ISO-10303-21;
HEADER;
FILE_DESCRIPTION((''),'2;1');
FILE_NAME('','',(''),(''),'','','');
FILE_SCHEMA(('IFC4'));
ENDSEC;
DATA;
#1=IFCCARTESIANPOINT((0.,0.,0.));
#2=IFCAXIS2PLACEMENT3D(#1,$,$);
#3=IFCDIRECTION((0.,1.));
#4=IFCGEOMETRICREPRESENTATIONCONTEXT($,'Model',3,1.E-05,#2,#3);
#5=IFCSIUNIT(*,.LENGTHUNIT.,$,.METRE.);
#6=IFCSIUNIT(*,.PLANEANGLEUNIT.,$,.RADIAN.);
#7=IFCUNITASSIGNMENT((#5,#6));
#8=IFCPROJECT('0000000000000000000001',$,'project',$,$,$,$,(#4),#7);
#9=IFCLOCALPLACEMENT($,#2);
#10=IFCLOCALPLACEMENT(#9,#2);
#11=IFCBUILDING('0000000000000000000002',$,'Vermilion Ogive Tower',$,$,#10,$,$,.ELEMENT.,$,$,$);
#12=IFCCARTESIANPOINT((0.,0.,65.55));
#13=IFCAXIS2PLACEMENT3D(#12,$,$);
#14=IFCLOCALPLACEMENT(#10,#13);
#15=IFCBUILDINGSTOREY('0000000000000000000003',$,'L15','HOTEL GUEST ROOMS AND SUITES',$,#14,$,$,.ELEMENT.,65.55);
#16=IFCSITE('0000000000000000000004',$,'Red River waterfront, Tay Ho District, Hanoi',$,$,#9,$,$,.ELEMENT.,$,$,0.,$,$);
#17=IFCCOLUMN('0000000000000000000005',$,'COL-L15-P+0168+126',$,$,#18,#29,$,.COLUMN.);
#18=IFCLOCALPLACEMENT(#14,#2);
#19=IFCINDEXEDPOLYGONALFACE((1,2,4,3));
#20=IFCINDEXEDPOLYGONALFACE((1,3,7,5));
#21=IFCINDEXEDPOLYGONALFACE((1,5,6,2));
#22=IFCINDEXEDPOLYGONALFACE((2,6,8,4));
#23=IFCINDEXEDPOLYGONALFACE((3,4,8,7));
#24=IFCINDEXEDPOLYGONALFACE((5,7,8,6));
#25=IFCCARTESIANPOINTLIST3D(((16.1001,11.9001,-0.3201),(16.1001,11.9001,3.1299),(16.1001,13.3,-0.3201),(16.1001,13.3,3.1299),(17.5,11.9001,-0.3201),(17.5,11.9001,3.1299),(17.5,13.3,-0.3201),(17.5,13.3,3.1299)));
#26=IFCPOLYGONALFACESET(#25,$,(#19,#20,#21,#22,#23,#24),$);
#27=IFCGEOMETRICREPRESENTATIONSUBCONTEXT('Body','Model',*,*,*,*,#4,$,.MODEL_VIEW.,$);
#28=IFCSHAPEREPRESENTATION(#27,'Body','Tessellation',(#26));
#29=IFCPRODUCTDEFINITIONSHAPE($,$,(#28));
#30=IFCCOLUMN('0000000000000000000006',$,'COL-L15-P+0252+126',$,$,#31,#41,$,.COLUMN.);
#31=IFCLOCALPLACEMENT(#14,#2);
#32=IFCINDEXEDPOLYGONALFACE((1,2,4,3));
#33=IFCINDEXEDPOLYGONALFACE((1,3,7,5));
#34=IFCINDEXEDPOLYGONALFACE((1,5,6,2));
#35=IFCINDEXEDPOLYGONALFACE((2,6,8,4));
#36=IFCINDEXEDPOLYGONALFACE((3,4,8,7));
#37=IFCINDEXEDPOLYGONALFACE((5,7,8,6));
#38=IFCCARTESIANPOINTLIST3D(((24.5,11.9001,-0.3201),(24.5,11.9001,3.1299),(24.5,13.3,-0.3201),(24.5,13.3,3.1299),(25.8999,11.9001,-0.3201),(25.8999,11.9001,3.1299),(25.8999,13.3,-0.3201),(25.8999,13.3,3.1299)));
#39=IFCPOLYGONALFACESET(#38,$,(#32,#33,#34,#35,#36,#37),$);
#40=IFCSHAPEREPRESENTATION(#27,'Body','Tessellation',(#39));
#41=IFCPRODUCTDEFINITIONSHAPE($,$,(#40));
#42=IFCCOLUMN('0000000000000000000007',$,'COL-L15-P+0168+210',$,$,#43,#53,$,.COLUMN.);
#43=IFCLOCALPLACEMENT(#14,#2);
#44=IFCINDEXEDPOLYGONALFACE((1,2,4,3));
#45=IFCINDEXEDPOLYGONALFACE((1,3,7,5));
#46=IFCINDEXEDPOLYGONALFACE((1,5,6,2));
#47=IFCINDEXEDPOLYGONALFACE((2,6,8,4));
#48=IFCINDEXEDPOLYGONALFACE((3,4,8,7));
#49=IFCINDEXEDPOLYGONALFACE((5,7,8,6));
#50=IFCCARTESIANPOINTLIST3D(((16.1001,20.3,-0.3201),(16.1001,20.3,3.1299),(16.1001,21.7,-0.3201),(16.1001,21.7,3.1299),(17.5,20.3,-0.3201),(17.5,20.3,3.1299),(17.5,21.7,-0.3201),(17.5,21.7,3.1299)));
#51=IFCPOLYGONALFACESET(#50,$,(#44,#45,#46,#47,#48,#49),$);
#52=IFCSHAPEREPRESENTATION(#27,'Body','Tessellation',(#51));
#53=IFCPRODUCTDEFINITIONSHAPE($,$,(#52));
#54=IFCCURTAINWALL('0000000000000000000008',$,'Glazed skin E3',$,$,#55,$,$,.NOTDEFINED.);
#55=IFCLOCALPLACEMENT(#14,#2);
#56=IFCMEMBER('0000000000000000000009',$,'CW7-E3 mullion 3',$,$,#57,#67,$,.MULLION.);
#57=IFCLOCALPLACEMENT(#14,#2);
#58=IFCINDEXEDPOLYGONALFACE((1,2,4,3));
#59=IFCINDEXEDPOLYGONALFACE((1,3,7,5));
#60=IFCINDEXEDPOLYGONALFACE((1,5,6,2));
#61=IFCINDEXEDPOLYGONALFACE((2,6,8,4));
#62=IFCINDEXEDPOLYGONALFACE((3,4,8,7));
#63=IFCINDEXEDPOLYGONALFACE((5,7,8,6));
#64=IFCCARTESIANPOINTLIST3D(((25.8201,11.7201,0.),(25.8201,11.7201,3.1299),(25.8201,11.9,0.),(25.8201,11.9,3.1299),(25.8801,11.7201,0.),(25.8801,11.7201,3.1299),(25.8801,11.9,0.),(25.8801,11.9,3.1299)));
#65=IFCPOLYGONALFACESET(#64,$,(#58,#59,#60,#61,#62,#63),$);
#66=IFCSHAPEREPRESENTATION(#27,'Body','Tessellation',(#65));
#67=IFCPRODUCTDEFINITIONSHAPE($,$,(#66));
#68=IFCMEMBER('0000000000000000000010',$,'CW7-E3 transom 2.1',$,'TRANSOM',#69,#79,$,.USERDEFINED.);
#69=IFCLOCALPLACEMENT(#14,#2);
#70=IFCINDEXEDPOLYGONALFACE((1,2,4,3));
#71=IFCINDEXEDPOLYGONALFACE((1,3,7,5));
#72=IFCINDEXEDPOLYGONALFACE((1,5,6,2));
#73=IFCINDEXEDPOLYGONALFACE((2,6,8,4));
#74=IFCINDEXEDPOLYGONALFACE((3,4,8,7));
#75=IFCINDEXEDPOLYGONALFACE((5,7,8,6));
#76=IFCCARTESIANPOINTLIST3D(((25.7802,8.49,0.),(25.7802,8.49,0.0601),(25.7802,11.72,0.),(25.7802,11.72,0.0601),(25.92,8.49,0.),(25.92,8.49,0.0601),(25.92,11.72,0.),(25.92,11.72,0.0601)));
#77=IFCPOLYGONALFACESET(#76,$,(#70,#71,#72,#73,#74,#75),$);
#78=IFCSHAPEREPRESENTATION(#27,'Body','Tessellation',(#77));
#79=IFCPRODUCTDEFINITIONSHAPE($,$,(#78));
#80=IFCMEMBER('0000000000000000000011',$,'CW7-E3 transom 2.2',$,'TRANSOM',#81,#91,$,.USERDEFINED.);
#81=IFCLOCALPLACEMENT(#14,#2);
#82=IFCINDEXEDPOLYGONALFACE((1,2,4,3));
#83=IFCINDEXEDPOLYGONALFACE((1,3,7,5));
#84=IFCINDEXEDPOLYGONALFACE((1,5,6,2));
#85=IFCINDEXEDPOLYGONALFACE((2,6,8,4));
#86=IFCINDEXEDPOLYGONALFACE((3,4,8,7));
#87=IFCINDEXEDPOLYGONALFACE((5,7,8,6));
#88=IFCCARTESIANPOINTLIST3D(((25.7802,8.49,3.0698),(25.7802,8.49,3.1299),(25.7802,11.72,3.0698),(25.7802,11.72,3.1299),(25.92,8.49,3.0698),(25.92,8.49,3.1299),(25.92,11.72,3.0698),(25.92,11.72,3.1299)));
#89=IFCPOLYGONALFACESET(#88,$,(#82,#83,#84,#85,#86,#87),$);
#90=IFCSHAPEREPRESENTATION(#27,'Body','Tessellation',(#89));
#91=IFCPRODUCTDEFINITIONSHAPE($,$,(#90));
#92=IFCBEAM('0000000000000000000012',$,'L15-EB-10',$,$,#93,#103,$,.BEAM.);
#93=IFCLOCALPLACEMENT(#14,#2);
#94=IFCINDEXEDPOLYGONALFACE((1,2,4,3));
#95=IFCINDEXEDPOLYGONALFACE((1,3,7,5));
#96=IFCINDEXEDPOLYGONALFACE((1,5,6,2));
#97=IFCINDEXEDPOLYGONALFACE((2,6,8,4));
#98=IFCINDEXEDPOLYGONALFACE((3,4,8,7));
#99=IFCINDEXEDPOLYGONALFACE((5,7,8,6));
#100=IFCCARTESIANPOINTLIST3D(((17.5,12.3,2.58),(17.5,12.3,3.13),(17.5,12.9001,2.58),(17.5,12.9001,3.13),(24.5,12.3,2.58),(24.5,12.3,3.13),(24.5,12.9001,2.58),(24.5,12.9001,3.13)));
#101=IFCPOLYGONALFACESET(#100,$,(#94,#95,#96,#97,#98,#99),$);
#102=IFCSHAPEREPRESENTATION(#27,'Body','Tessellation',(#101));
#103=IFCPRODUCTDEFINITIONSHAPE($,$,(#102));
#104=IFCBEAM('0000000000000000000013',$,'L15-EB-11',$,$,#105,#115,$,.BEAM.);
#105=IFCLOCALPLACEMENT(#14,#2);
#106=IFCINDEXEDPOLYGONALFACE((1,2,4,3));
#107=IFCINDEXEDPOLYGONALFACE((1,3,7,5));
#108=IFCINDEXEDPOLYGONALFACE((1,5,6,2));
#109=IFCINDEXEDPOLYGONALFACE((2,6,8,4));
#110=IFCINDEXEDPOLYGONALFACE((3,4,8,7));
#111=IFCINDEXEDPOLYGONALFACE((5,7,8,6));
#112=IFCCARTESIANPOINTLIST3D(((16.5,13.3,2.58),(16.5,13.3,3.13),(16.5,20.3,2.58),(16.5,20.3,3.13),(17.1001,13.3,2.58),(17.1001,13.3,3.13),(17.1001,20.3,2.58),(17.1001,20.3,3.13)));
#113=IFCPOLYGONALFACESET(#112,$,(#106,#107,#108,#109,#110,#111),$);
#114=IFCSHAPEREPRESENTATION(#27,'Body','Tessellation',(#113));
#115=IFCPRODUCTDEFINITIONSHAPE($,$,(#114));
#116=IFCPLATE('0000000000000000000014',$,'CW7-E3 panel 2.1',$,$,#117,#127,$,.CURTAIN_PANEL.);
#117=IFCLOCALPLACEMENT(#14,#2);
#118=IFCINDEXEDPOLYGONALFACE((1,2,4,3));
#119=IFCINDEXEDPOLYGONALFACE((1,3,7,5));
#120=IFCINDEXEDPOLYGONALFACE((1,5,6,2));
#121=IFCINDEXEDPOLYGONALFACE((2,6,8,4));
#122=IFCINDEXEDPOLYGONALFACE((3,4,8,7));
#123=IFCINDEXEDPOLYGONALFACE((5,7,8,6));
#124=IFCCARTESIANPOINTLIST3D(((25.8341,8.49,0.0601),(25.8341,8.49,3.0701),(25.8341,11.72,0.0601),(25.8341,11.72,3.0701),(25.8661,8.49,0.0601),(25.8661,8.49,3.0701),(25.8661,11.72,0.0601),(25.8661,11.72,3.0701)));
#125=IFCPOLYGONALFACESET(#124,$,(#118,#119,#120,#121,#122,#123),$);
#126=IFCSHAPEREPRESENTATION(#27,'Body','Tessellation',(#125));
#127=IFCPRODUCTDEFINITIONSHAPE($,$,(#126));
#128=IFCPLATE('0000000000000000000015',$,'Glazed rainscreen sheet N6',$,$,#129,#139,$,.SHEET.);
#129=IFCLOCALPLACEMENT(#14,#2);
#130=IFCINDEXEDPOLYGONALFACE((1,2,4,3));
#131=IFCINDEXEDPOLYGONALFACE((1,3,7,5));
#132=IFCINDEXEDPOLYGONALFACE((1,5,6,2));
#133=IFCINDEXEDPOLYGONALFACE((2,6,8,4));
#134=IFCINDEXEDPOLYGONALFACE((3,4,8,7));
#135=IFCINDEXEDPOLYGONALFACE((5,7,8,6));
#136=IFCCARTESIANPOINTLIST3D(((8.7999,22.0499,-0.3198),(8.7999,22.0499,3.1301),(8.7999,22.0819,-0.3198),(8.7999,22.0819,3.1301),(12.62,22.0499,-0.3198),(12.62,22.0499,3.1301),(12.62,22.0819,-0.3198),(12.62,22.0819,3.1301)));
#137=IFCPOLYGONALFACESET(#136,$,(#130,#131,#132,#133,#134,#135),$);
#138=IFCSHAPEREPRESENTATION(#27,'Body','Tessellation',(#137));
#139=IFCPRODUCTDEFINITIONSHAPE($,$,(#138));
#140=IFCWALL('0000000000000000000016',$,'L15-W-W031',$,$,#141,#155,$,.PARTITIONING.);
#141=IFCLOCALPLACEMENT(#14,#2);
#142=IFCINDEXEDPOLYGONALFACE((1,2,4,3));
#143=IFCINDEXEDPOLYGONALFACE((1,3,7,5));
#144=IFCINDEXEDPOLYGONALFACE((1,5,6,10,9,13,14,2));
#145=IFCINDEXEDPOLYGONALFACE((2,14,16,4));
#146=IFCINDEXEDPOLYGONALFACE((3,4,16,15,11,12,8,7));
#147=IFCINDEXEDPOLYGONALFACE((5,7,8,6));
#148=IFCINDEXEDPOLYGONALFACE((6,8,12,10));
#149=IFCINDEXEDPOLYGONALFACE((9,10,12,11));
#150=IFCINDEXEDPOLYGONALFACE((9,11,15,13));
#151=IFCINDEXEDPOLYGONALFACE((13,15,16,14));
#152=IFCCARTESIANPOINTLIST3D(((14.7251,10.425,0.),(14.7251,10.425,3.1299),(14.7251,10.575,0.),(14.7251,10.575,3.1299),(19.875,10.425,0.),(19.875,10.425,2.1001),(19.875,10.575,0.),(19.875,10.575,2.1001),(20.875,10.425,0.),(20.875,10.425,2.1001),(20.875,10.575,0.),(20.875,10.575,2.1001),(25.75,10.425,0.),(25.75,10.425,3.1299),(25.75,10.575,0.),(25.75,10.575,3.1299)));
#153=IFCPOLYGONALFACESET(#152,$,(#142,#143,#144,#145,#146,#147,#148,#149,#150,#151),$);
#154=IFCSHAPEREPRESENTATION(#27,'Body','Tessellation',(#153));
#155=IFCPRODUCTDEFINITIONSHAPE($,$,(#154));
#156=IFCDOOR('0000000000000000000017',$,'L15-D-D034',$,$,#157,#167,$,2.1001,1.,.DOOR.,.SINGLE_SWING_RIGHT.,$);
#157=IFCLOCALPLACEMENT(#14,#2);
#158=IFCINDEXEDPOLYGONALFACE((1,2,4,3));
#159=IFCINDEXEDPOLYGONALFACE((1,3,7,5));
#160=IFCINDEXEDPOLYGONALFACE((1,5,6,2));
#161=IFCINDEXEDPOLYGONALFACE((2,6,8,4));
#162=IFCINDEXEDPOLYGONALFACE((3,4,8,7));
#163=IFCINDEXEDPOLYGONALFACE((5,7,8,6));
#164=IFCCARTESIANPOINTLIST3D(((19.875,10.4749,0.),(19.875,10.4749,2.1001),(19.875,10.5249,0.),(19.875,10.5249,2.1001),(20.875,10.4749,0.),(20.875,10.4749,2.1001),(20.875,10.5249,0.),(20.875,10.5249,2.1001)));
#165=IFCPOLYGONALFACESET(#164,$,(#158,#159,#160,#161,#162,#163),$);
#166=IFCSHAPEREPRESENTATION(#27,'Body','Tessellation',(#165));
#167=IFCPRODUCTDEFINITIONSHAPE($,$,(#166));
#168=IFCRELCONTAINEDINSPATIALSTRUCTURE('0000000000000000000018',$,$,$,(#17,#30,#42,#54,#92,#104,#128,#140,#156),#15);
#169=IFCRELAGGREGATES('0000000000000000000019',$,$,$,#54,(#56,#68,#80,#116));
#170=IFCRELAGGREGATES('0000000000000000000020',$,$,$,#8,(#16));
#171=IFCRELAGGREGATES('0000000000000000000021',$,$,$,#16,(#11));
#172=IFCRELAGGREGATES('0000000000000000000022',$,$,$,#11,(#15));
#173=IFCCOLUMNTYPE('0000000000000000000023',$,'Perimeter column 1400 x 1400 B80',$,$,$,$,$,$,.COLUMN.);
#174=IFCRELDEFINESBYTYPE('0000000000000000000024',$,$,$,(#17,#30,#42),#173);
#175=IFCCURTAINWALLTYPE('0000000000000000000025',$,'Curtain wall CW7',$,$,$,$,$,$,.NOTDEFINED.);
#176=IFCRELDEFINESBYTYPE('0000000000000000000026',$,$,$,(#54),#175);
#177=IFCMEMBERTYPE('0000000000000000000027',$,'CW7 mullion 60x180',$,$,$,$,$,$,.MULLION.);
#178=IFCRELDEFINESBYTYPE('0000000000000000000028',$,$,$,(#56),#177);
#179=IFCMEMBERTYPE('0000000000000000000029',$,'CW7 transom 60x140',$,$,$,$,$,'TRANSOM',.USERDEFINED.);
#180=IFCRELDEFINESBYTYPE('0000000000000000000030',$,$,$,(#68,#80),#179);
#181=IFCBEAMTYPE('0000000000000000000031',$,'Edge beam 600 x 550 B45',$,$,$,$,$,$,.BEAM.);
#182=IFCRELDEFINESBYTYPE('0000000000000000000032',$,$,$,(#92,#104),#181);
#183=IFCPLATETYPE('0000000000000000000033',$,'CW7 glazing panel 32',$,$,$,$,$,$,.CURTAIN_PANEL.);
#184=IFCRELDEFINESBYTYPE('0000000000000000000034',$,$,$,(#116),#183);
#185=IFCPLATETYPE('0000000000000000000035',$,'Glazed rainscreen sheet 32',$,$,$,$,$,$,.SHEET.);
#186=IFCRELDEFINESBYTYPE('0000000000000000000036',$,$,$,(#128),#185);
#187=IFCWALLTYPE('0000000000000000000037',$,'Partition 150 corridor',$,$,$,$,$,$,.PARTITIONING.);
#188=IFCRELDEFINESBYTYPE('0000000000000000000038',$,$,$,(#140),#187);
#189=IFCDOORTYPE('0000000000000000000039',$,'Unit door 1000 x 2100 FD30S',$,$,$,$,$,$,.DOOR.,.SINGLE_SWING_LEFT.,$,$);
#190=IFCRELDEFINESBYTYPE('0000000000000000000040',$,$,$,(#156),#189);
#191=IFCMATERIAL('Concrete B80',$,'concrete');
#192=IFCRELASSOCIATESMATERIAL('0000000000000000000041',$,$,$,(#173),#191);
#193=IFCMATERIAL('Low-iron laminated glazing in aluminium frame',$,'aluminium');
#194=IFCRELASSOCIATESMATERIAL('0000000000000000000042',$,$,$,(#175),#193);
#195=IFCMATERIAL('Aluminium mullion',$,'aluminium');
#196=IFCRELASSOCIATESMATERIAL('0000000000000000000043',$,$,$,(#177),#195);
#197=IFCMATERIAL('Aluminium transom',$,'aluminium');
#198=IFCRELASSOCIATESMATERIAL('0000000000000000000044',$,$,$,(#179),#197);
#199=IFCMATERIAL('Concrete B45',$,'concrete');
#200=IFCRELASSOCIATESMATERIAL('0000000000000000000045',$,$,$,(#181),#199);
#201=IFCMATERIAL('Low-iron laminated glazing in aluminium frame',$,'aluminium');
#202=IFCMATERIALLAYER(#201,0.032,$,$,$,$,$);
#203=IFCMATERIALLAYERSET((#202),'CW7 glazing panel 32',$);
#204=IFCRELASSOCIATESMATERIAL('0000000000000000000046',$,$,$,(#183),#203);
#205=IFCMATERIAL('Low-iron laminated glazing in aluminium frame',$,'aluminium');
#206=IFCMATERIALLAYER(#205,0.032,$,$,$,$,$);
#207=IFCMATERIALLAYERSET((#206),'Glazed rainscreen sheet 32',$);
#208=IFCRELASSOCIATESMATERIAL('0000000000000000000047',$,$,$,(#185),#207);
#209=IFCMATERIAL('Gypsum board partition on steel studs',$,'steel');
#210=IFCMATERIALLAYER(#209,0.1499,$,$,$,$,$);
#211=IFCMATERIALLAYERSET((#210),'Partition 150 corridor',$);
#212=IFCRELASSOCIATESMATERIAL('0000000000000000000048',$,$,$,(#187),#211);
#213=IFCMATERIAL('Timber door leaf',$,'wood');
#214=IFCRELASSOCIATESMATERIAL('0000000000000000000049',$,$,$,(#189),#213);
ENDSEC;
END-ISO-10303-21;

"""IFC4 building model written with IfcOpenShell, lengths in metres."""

from ifc_helpers import new_model, si_unit, direction, frame, frame_2d, origin, origin_2d, place, context, subcontext, project, spatial, rectangle, extrude, material, layer, layer_set, material_profile, profile_set, type_object, element, fill, aggregate, save


model = new_model("IFC4")

# Units and contexts
model_context = context("Model", 3, precision=1e-05, world=origin(), true_north=direction((0.0, 1.0)))
body_context = subcontext(model_context, "Body", "Model", "MODEL_VIEW")
ifc_project = project(units=[si_unit("LENGTHUNIT", "METRE"), si_unit("PLANEANGLEUNIT", "RADIAN")], contexts=[model_context])

# Site, building, storey
site_placement = place(None, origin())
site = spatial("IfcSite", under=ifc_project, at=site_placement, Name="Red River waterfront, Tay Ho District, Hanoi", CompositionType="ELEMENT", RefElevation=0.0)
building_placement = place(site_placement, origin())
building = spatial("IfcBuilding", under=site, at=building_placement, Name="Vermilion Ogive Tower", CompositionType="ELEMENT")
storey_placement = place(building_placement, frame((0.0, 0.0, 65.55)))
storey = spatial("IfcBuildingStorey", under=building, at=storey_placement, Name="L15", Description="HOTEL GUEST ROOMS AND SUITES", CompositionType="ELEMENT", Elevation=65.55)

# Columns
ifc_material_1 = material(Name="Concrete B80", Category="concrete")
ifc_material_profile_1 = material_profile(ifc_material_1, rectangle(XDim=1.3999, YDim=1.3999, at=origin_2d()), Name="1400 x 1400")
ifc_profile_set_1 = profile_set([ifc_material_profile_1], Name="Concrete B80")
column_type = type_object("IfcColumnType", Name="Perimeter column 1400 x 1400 B80", PredefinedType="COLUMN", material=ifc_profile_set_1)
for number, where, z_axis, x_axis, name in (
    (1, (16.8, 12.6001, -0.3201), (0.0, 0.0, 1.0), (1.0, 0.0, 0.0), "COL-L15-P+0168+126"),
    (2, (25.2, 12.6001, -0.3201), (0.0, 0.0, 1.0), (1.0, 0.0, 0.0), "COL-L15-P+0252+126"),
    (3, (16.8, 21.0, -0.3201), (0.0, 0.0, 1.0), (1.0, 0.0, 0.0), "COL-L15-P+0168+210"),
):
    element("IfcColumn", number, at=place(storey_placement, frame(where, z_axis=z_axis, x_axis=x_axis)), inside=storey, type_object=column_type, Name=name, PredefinedType="COLUMN", context=body_context, shape_type="SweptSolid", body=[
        extrude(rectangle(XDim=1.3999, YDim=1.3999, at=origin_2d()), origin(), (0.0, 0.0, 1.0), 3.45),
    ])

# Curtain wall, members
ifc_material_2 = material(Name="Low-iron laminated glazing in aluminium frame", Category="aluminium")
curtain_wall_type = type_object("IfcCurtainWallType", Name="Curtain wall CW7", PredefinedType="NOTDEFINED", material=ifc_material_2)
curtain_wall_placement = place(storey_placement, origin())
curtain_wall = element("IfcCurtainWall", 4, at=curtain_wall_placement, inside=storey, type_object=curtain_wall_type, Name="Glazed skin E3", PredefinedType="NOTDEFINED")
ifc_material_3 = material(Name="Aluminium mullion", Category="aluminium")
ifc_material_profile_2 = material_profile(ifc_material_3, rectangle(XDim=0.0601, YDim=0.1799, at=origin_2d()), Name="AL 60x180")
ifc_profile_set_2 = profile_set([ifc_material_profile_2], Name="Aluminium mullion")
member_type_1 = type_object("IfcMemberType", Name="CW7 mullion 60x180", PredefinedType="MULLION", material=ifc_profile_set_2)
member_1_placement = place(storey_placement, frame((25.8501, 11.8101, 0.0), z_axis=(0.0, 0.0, 1.0), x_axis=(-1.0, 0.0, 0.0)))
member_1 = element("IfcMember", 5, at=member_1_placement, type_object=member_type_1, Name="CW7-E3 mullion 3", PredefinedType="MULLION", context=body_context, shape_type="SweptSolid", body=[
    extrude(rectangle(XDim=0.0601, YDim=0.1799, at=origin_2d()), origin(), (0.0, 0.0, 1.0), 3.1299),
])
ifc_material_4 = material(Name="Aluminium transom", Category="aluminium")
ifc_material_profile_3 = material_profile(ifc_material_4, rectangle(XDim=0.1399, YDim=0.0601, at=origin_2d()), Name="AL 60x140")
ifc_profile_set_3 = profile_set([ifc_material_profile_3], Name="Aluminium transom")
member_type_2 = type_object("IfcMemberType", Name="CW7 transom 60x140", ElementType="TRANSOM", PredefinedType="USERDEFINED", material=ifc_profile_set_3)
member_2_placement = place(storey_placement, frame((25.8501, 8.49, 0.03), z_axis=(0.0, 1.0, 0.0), x_axis=(-1.0, 0.0, 0.0)))
member_2 = element("IfcMember", 6, at=member_2_placement, type_object=member_type_2, Name="CW7-E3 transom 2.1", ObjectType="TRANSOM", PredefinedType="USERDEFINED", context=body_context, shape_type="SweptSolid", body=[
    extrude(rectangle(XDim=0.1399, YDim=0.0601, at=origin_2d()), origin(), (0.0, 0.0, 1.0), 3.23),
])
member_3_placement = place(storey_placement, frame((25.8501, 8.49, 3.0999), z_axis=(0.0, 1.0, 0.0), x_axis=(-1.0, 0.0, 0.0)))
member_3 = element("IfcMember", 7, at=member_3_placement, type_object=member_type_2, Name="CW7-E3 transom 2.2", ObjectType="TRANSOM", PredefinedType="USERDEFINED", context=body_context, shape_type="SweptSolid", body=[
    extrude(rectangle(XDim=0.1399, YDim=0.0601, at=origin_2d()), origin(), (0.0, 0.0, 1.0), 3.23),
])

# Beams
ifc_material_5 = material(Name="Concrete B45", Category="concrete")
ifc_material_profile_4 = material_profile(ifc_material_5, rectangle(XDim=0.6001, YDim=0.55, at=origin_2d()), Name="600 x 550")
ifc_profile_set_4 = profile_set([ifc_material_profile_4], Name="Concrete B45")
beam_type = type_object("IfcBeamType", Name="Edge beam 600 x 550 B45", PredefinedType="BEAM", material=ifc_profile_set_4)
for number, where, z_axis, x_axis, name in (
    (8, (24.5, 12.6001, 2.855), (-1.0, 0.0, 0.0), (0.0, -1.0, 0.0), "L15-EB-10"),
    (9, (16.8, 13.3, 2.855), (0.0, 1.0, 0.0), (-1.0, 0.0, 0.0), "L15-EB-11"),
):
    element("IfcBeam", number, at=place(storey_placement, frame(where, z_axis=z_axis, x_axis=x_axis)), inside=storey, type_object=beam_type, Name=name, PredefinedType="BEAM", context=body_context, shape_type="SweptSolid", body=[
        extrude(rectangle(XDim=0.6001, YDim=0.55, at=origin_2d()), origin(), (0.0, 0.0, 1.0), 7.0),
    ])

# Plates
ifc_material_6 = material(Name="Low-iron laminated glazing in aluminium frame", Category="aluminium")
ifc_layer_1 = layer(ifc_material_6, 0.032)
ifc_layer_set_1 = layer_set([ifc_layer_1], Name="CW7 glazing panel 32")
plate_type_1 = type_object("IfcPlateType", Name="CW7 glazing panel 32", PredefinedType="CURTAIN_PANEL", material=ifc_layer_set_1)
plate_1_placement = place(storey_placement, frame((25.8501, 10.105, 0.0601), z_axis=(0.0, 0.0, 1.0), x_axis=(0.0, 1.0, 0.0)))
plate_1 = element("IfcPlate", 10, at=plate_1_placement, type_object=plate_type_1, Name="CW7-E3 panel 2.1", PredefinedType="CURTAIN_PANEL", context=body_context, shape_type="SweptSolid", body=[
    extrude(rectangle(XDim=3.23, YDim=0.032, at=origin_2d()), origin(), (0.0, 0.0, 1.0), 3.01),
])
aggregate(curtain_wall, [member_1, member_2, member_3, plate_1])
ifc_material_7 = material(Name="Low-iron laminated glazing in aluminium frame", Category="aluminium")
ifc_layer_2 = layer(ifc_material_7, 0.032)
ifc_layer_set_2 = layer_set([ifc_layer_2], Name="Glazed rainscreen sheet 32")
plate_type_2 = type_object("IfcPlateType", Name="Glazed rainscreen sheet 32", PredefinedType="SHEET", material=ifc_layer_set_2)
plate_2_placement = place(storey_placement, frame((10.71, 22.0659, -0.3198), z_axis=(0.0, 0.0, 1.0), x_axis=(1.0, 0.0, 0.0)))
element("IfcPlate", 11, at=plate_2_placement, inside=storey, type_object=plate_type_2, Name="Glazed rainscreen sheet N6", PredefinedType="SHEET", context=body_context, shape_type="SweptSolid", body=[
    extrude(rectangle(XDim=3.8201, YDim=0.032, at=origin_2d()), origin(), (0.0, 0.0, 1.0), 3.45),
])

# Wall, opening, door
ifc_material_8 = material(Name="Gypsum board partition on steel studs", Category="steel")
ifc_layer_3 = layer(ifc_material_8, 0.1499)
ifc_layer_set_3 = layer_set([ifc_layer_3], Name="Partition 150 corridor")
wall_type_1 = type_object("IfcWallType", Name="Partition 150 corridor", PredefinedType="PARTITIONING", material=ifc_layer_set_3)
wall_1_placement = place(storey_placement, frame((14.7251, 10.5, 0.0), z_axis=(0.0, 0.0, 1.0), x_axis=(1.0, 0.0, 0.0)))
wall_1 = element("IfcWall", 12, at=wall_1_placement, inside=storey, type_object=wall_type_1, Name="L15-W-W031", PredefinedType="PARTITIONING", context=body_context, shape_type="SweptSolid", body=[
    extrude(rectangle(XDim=11.0249, YDim=0.1499, at=frame_2d((5.5125, 0.0))), origin(), (0.0, 0.0, 1.0), 3.1299),
])
opening_1_placement = place(wall_1_placement, frame((5.1499, 0.0, 0.0)))
opening_1 = element("IfcOpeningElement", 13, at=opening_1_placement, cuts=wall_1, PredefinedType="OPENING", context=body_context, shape_type="SweptSolid", body=[
    extrude(rectangle(XDim=1.0, YDim=2.1001, at=frame_2d((0.5, 1.05))), frame((0.0, 0.085, 0.0), z_axis=(0.0, -1.0, 0.0), x_axis=(1.0, 0.0, 0.0)), (0.0, 0.0, 1.0), 0.1699),
])
ifc_material_9 = material(Name="Timber door leaf", Category="wood")
door_type_1 = type_object("IfcDoorType", Name="Unit door 1000 x 2100 FD30S", OperationType="SINGLE_SWING_LEFT", PredefinedType="DOOR", material=ifc_material_9)
door_1_placement = place(opening_1_placement, origin())
door_1 = element("IfcDoor", 14, at=door_1_placement, inside=storey, type_object=door_type_1, Name="L15-D-D034", OperationType="SINGLE_SWING_RIGHT", OverallHeight=2.1001, OverallWidth=1.0, PredefinedType="DOOR", context=body_context, shape_type="SweptSolid", body=[
    extrude(rectangle(XDim=1.0, YDim=2.1001, at=frame_2d((0.5, 1.05))), frame((0.0, 0.0249, 0.0), z_axis=(0.0, -1.0, 0.0), x_axis=(1.0, 0.0, 0.0)), (0.0, 0.0, 1.0), 0.05),
])
fill(opening_1, door_1)

save(model, "model.ifc")
